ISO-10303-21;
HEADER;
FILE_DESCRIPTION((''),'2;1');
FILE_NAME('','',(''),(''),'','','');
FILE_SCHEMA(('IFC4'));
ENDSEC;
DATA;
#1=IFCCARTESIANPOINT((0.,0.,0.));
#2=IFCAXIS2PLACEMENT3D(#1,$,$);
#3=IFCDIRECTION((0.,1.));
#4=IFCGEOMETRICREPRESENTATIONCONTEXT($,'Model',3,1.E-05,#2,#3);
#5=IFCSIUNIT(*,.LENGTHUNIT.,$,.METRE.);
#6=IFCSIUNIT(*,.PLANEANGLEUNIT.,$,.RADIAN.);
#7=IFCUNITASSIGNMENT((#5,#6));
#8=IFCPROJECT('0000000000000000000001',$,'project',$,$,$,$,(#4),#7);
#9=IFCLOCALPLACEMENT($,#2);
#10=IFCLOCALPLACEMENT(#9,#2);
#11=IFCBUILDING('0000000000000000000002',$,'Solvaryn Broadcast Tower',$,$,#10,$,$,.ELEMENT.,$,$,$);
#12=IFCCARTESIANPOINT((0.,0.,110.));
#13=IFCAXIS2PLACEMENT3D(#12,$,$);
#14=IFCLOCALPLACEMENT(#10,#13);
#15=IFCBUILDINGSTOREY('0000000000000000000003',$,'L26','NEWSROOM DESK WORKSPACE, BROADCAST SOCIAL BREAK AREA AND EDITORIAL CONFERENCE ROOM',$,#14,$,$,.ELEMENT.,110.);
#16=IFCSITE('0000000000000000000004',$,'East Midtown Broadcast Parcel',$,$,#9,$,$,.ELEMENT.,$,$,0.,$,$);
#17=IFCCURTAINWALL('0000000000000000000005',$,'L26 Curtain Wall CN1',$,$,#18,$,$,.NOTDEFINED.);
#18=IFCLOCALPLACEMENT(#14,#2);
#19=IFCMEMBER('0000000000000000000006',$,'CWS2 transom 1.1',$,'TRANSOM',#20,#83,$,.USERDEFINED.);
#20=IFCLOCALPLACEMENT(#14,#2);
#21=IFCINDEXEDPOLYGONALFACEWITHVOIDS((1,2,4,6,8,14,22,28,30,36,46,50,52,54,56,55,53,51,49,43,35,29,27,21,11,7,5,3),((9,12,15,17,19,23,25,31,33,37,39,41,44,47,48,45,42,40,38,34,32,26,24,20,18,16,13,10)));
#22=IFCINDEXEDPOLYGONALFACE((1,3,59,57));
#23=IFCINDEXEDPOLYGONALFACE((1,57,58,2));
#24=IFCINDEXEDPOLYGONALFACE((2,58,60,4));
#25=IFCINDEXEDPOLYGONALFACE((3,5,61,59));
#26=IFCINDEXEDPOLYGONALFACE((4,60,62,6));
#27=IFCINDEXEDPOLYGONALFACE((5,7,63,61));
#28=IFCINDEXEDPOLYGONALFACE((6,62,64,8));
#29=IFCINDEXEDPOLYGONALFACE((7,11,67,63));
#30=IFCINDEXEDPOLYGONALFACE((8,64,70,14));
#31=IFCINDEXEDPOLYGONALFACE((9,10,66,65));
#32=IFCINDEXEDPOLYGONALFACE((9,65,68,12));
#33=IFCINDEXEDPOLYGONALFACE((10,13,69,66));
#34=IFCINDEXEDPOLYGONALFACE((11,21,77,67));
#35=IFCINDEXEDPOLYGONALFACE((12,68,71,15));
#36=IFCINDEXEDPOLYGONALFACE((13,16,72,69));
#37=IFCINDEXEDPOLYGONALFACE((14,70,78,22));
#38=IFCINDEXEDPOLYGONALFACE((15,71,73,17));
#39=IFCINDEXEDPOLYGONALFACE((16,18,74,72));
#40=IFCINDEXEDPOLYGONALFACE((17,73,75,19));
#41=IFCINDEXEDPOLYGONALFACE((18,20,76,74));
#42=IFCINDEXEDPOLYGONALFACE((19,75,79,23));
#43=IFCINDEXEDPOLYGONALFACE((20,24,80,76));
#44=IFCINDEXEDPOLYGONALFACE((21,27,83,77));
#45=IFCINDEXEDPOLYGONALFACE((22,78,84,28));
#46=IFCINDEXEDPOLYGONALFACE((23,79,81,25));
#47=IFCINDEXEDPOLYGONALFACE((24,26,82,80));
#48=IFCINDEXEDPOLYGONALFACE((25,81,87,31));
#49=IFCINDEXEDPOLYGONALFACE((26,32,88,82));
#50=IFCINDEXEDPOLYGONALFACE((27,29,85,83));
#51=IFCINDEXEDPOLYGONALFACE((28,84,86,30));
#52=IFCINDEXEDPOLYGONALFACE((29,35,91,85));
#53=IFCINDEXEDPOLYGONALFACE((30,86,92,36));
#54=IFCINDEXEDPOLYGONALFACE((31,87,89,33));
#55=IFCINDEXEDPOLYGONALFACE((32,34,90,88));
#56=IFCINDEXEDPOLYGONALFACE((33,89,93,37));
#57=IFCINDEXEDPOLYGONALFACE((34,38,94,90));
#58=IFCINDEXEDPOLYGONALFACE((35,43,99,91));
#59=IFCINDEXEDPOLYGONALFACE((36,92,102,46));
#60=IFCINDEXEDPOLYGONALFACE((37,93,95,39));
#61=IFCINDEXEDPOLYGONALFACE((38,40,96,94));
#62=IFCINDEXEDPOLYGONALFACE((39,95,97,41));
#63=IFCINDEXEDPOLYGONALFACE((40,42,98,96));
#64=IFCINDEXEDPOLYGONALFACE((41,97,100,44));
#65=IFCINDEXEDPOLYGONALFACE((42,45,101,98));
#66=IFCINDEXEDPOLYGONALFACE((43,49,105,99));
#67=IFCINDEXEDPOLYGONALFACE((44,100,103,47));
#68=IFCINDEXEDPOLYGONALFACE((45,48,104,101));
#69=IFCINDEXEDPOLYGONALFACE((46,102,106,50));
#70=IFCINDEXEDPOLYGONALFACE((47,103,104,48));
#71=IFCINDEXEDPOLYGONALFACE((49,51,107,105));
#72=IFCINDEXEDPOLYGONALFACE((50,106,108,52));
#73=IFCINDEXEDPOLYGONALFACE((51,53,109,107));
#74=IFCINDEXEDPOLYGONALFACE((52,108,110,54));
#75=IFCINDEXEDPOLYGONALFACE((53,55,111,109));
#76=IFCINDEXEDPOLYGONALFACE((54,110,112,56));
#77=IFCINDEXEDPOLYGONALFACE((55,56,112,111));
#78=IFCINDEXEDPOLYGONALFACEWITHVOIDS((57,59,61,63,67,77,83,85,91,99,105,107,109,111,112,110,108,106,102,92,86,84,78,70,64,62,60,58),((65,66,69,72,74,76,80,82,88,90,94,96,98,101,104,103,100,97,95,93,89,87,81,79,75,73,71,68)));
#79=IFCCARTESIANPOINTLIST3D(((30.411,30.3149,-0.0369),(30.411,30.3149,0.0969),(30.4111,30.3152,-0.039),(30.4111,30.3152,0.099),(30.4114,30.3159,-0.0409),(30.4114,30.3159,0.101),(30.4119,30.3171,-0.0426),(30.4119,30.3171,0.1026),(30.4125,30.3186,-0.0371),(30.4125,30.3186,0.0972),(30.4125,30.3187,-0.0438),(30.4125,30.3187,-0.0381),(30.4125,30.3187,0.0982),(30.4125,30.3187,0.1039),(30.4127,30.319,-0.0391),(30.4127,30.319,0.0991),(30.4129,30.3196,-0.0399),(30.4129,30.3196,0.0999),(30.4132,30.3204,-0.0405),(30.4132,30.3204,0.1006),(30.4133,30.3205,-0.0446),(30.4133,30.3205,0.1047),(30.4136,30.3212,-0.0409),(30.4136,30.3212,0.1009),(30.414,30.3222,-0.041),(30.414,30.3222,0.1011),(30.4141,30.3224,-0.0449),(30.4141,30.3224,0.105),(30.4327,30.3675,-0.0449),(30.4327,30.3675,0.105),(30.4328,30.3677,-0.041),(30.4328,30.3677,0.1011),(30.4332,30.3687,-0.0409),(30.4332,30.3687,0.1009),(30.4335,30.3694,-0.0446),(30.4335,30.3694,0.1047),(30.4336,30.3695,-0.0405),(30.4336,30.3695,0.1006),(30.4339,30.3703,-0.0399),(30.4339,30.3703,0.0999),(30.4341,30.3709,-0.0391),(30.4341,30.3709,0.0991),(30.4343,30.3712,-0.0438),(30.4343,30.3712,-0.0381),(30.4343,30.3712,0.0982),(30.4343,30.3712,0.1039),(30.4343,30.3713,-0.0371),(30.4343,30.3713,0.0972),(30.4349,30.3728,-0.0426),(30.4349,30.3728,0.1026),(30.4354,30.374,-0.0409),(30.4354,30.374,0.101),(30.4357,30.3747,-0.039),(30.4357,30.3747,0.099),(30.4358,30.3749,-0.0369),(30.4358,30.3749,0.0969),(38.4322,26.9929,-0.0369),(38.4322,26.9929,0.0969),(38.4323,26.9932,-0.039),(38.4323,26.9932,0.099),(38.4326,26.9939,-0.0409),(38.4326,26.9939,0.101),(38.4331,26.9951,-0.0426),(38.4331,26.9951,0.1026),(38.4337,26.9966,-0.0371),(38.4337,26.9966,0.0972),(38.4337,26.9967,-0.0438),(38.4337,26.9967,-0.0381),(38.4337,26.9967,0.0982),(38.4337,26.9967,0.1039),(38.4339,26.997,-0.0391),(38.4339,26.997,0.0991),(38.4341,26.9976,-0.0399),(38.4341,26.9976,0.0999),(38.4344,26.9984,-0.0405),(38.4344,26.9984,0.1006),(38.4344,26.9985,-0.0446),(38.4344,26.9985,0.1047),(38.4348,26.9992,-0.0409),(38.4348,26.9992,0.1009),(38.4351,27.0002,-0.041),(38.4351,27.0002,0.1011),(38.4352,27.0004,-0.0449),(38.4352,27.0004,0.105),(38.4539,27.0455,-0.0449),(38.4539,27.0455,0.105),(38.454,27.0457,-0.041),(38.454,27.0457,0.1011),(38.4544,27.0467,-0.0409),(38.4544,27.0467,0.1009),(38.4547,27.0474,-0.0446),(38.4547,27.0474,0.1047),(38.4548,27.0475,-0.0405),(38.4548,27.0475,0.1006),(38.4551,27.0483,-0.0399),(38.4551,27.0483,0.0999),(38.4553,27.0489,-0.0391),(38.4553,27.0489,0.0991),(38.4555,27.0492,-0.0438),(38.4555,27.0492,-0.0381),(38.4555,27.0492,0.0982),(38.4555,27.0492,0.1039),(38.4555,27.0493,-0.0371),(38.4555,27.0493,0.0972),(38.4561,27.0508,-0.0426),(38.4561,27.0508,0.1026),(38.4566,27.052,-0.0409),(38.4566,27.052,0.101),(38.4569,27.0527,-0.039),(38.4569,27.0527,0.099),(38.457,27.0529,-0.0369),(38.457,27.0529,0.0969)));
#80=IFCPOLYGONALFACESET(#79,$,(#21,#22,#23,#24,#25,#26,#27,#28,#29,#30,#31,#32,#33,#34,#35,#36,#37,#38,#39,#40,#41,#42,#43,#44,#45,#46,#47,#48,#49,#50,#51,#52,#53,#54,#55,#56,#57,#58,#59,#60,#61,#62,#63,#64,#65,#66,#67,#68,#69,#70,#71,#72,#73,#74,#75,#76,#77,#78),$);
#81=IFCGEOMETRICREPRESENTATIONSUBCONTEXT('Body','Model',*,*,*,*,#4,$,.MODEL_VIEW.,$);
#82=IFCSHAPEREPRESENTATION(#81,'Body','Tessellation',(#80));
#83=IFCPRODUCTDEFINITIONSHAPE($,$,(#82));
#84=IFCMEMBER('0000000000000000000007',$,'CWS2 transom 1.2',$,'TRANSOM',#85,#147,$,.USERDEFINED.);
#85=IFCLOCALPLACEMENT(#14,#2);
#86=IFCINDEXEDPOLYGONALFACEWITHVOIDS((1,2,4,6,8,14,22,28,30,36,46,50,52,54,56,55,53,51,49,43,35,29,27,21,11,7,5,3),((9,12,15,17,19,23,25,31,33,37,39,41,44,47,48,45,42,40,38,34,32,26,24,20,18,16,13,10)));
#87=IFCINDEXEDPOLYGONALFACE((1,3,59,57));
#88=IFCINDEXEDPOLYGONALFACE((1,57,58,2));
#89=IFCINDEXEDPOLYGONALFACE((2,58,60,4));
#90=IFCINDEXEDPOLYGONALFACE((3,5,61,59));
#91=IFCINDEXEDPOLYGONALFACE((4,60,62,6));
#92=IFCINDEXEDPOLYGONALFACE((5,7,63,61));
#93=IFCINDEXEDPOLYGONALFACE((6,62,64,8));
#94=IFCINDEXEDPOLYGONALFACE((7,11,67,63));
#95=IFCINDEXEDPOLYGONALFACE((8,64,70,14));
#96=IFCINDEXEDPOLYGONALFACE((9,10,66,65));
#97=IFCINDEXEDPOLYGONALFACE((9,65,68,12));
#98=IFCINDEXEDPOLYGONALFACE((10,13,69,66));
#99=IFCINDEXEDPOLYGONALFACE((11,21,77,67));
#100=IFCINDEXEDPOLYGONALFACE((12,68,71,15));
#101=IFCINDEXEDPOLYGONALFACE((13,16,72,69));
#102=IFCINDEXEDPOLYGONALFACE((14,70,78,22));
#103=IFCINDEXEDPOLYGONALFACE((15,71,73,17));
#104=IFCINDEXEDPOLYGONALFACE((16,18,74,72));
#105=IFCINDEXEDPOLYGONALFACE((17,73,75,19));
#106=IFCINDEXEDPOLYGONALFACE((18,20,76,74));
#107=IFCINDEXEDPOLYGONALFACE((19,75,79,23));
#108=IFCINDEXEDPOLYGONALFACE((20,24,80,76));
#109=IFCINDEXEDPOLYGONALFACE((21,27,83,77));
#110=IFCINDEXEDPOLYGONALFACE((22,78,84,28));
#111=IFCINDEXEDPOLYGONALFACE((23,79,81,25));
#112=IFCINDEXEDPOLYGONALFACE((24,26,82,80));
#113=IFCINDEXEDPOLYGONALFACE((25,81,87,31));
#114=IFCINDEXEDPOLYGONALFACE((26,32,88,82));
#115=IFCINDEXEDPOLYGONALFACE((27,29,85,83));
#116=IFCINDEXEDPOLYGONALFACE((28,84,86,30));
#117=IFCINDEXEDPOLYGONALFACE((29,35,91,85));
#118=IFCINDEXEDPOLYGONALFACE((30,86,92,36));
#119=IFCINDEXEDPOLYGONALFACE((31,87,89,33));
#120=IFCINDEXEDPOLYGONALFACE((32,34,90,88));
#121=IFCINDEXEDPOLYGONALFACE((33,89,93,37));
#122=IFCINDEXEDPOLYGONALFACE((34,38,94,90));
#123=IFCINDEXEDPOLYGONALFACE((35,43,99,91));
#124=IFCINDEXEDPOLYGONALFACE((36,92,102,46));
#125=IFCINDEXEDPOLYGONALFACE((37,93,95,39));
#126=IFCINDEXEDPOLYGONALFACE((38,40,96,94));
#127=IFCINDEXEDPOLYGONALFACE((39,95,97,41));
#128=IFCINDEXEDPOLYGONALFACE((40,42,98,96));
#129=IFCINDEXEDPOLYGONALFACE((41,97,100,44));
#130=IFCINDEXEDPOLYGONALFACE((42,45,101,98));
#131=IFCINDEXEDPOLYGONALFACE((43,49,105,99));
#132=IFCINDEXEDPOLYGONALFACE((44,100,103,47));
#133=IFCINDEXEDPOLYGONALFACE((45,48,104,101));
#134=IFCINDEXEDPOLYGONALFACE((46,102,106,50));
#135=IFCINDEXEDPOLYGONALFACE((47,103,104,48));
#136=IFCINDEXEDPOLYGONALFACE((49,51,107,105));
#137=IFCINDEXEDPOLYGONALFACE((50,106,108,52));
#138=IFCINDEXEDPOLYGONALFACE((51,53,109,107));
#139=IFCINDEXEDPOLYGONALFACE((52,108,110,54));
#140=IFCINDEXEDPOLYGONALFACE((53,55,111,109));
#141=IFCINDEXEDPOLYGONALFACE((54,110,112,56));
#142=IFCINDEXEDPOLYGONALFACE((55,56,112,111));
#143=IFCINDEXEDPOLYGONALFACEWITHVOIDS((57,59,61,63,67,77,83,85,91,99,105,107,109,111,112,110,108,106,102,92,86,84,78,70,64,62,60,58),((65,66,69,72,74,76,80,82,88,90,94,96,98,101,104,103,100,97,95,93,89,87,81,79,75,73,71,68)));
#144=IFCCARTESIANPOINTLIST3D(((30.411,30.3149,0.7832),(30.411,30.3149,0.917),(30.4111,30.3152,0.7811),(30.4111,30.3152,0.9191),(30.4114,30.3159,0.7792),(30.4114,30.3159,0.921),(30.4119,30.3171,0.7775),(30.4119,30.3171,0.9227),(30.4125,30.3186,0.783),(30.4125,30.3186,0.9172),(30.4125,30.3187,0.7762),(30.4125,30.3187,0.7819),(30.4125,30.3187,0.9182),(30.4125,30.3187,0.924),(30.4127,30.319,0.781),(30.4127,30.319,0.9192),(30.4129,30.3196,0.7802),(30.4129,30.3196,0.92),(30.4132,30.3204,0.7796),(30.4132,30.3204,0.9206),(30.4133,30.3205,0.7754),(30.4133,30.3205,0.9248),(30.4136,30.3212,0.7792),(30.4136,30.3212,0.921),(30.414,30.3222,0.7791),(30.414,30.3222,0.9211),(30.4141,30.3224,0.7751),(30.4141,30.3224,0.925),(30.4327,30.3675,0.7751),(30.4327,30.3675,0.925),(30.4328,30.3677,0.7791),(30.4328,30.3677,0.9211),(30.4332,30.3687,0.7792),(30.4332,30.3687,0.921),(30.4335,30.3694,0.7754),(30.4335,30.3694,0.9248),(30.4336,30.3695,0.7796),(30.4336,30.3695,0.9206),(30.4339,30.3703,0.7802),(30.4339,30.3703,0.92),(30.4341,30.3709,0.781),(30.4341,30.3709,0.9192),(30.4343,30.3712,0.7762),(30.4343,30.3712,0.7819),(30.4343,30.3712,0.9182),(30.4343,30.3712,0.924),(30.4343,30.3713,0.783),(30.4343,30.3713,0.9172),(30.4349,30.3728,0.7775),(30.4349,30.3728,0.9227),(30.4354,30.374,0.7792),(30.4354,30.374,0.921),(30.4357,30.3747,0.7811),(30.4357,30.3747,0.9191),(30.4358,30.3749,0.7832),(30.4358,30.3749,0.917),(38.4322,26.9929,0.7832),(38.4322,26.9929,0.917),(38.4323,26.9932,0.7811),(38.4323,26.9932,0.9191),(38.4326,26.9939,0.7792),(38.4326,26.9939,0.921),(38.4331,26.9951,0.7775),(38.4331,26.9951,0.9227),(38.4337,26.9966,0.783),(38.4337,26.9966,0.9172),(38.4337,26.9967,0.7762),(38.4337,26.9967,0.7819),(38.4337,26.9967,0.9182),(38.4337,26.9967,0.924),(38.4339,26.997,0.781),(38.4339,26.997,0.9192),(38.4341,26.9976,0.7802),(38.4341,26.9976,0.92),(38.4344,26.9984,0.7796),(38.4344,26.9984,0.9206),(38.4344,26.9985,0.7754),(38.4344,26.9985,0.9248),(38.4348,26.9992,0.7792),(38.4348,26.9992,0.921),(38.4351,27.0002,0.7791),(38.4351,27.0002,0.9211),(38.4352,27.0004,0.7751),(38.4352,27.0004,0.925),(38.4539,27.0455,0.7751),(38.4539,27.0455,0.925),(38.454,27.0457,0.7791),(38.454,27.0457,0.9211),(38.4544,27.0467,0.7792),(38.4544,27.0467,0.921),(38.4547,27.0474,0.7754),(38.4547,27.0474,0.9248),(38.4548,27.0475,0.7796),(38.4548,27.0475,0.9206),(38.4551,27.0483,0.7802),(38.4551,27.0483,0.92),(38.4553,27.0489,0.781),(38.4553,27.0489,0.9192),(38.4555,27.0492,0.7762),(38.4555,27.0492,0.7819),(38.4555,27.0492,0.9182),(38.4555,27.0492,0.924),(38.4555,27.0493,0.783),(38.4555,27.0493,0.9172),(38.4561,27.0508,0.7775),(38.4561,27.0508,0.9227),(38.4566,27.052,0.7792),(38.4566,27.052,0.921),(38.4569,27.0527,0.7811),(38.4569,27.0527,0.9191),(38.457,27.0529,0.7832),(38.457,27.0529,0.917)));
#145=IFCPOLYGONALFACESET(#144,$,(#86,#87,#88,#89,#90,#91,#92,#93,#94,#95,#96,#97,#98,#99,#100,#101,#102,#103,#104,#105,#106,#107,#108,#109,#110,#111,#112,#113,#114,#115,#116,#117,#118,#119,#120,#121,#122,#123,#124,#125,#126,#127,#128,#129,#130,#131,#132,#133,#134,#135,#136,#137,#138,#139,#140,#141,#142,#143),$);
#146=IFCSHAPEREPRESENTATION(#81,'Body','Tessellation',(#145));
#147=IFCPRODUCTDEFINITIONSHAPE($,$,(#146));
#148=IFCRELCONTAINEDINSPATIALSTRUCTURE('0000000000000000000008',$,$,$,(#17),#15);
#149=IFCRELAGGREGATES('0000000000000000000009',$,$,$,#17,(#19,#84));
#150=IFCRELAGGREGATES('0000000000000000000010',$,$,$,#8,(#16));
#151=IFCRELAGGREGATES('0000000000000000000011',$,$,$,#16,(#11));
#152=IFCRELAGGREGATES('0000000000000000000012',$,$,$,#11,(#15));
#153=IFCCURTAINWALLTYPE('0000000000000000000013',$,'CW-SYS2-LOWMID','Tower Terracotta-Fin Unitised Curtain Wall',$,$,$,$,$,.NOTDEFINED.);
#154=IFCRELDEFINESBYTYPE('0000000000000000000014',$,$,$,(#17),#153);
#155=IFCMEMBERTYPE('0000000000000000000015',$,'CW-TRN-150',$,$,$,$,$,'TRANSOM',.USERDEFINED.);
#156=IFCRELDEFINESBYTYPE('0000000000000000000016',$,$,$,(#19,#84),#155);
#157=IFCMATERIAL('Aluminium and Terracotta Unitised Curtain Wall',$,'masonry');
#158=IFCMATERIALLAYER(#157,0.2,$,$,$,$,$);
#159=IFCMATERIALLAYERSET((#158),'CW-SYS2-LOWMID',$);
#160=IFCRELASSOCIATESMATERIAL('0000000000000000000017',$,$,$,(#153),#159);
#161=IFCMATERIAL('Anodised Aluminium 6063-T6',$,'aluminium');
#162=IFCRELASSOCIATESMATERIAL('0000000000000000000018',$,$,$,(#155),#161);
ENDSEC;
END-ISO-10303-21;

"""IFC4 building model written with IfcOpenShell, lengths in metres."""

from ifc_helpers import new_model, si_unit, direction, frame, origin, origin_2d, place, context, subcontext, project, spatial, hollow_rectangle, extrude, material, layer, layer_set, material_profile, profile_set, type_object, element, aggregate, save


model = new_model("IFC4")

# Units and contexts
model_context = context("Model", 3, precision=1e-05, world=origin(), true_north=direction((0.0, 1.0)))
body_context = subcontext(model_context, "Body", "Model", "MODEL_VIEW")
ifc_project = project(units=[si_unit("LENGTHUNIT", "METRE"), si_unit("PLANEANGLEUNIT", "RADIAN")], contexts=[model_context])

# Site, building, storey
site_placement = place(None, origin())
site = spatial("IfcSite", under=ifc_project, at=site_placement, Name="East Midtown Broadcast Parcel", CompositionType="ELEMENT", RefElevation=0.0)
building_placement = place(site_placement, origin())
building = spatial("IfcBuilding", under=site, at=building_placement, Name="Solvaryn Broadcast Tower", CompositionType="ELEMENT")
storey_placement = place(building_placement, frame((0.0, 0.0, 110.0)))
storey = spatial("IfcBuildingStorey", under=building, at=storey_placement, Name="L26", Description="NEWSROOM DESK WORKSPACE, BROADCAST SOCIAL BREAK AREA AND EDITORIAL CONFERENCE ROOM", CompositionType="ELEMENT", Elevation=110.0)

# Curtain wall, members
ifc_material_1 = material(Name="Aluminium and Terracotta Unitised Curtain Wall", Category="masonry")
ifc_layer_1 = layer(ifc_material_1, 0.2)
ifc_layer_set_1 = layer_set([ifc_layer_1], Name="CW-SYS2-LOWMID")
curtain_wall_type = type_object("IfcCurtainWallType", Name="CW-SYS2-LOWMID", Description="Tower Terracotta-Fin Unitised Curtain Wall", PredefinedType="NOTDEFINED", material=ifc_layer_set_1)
curtain_wall_placement = place(storey_placement, origin())
curtain_wall = element("IfcCurtainWall", 1, at=curtain_wall_placement, inside=storey, type_object=curtain_wall_type, Name="L26 Curtain Wall CN1", PredefinedType="NOTDEFINED")
ifc_material_2 = material(Name="Anodised Aluminium 6063-T6", Category="aluminium")
ifc_material_profile_1 = material_profile(ifc_material_2, hollow_rectangle(XDim=0.0649, YDim=0.1499, WallThickness=0.0039, InnerFilletRadius=0.0039, OuterFilletRadius=0.0081, at=origin_2d()))
ifc_profile_set_1 = profile_set([ifc_material_profile_1], Name="Anodised Aluminium 6063-T6")
member_type_1 = type_object("IfcMemberType", Name="CW-TRN-150", ElementType="TRANSOM", PredefinedType="USERDEFINED", material=ifc_profile_set_1)
member_1_placement = place(storey_placement, frame((38.4446, 27.0229, 0.03), z_axis=(-0.923899, 0.382636, 0.0), x_axis=(-0.382636, -0.923899, 0.0)))
member_1 = element("IfcMember", 2, at=member_1_placement, type_object=member_type_1, Name="CWS2 transom 1.1", ObjectType="TRANSOM", PredefinedType="USERDEFINED", context=body_context, shape_type="SweptSolid", body=[
    extrude(hollow_rectangle(XDim=0.0649, YDim=0.1499, WallThickness=0.0039, InnerFilletRadius=0.0039, OuterFilletRadius=0.0081, at=origin_2d()), origin(), (0.0, 0.0, 1.0), 8.6819),
])
member_2_placement = place(storey_placement, frame((38.4446, 27.0229, 0.8501), z_axis=(-0.923899, 0.382636, 0.0), x_axis=(-0.382636, -0.923899, 0.0)))
member_2 = element("IfcMember", 3, at=member_2_placement, type_object=member_type_1, Name="CWS2 transom 1.2", ObjectType="TRANSOM", PredefinedType="USERDEFINED", context=body_context, shape_type="SweptSolid", body=[
    extrude(hollow_rectangle(XDim=0.0649, YDim=0.1499, WallThickness=0.0039, InnerFilletRadius=0.0039, OuterFilletRadius=0.0081, at=origin_2d()), origin(), (0.0, 0.0, 1.0), 8.6819),
])
aggregate(curtain_wall, [member_1, member_2])

save(model, "model.ifc")
